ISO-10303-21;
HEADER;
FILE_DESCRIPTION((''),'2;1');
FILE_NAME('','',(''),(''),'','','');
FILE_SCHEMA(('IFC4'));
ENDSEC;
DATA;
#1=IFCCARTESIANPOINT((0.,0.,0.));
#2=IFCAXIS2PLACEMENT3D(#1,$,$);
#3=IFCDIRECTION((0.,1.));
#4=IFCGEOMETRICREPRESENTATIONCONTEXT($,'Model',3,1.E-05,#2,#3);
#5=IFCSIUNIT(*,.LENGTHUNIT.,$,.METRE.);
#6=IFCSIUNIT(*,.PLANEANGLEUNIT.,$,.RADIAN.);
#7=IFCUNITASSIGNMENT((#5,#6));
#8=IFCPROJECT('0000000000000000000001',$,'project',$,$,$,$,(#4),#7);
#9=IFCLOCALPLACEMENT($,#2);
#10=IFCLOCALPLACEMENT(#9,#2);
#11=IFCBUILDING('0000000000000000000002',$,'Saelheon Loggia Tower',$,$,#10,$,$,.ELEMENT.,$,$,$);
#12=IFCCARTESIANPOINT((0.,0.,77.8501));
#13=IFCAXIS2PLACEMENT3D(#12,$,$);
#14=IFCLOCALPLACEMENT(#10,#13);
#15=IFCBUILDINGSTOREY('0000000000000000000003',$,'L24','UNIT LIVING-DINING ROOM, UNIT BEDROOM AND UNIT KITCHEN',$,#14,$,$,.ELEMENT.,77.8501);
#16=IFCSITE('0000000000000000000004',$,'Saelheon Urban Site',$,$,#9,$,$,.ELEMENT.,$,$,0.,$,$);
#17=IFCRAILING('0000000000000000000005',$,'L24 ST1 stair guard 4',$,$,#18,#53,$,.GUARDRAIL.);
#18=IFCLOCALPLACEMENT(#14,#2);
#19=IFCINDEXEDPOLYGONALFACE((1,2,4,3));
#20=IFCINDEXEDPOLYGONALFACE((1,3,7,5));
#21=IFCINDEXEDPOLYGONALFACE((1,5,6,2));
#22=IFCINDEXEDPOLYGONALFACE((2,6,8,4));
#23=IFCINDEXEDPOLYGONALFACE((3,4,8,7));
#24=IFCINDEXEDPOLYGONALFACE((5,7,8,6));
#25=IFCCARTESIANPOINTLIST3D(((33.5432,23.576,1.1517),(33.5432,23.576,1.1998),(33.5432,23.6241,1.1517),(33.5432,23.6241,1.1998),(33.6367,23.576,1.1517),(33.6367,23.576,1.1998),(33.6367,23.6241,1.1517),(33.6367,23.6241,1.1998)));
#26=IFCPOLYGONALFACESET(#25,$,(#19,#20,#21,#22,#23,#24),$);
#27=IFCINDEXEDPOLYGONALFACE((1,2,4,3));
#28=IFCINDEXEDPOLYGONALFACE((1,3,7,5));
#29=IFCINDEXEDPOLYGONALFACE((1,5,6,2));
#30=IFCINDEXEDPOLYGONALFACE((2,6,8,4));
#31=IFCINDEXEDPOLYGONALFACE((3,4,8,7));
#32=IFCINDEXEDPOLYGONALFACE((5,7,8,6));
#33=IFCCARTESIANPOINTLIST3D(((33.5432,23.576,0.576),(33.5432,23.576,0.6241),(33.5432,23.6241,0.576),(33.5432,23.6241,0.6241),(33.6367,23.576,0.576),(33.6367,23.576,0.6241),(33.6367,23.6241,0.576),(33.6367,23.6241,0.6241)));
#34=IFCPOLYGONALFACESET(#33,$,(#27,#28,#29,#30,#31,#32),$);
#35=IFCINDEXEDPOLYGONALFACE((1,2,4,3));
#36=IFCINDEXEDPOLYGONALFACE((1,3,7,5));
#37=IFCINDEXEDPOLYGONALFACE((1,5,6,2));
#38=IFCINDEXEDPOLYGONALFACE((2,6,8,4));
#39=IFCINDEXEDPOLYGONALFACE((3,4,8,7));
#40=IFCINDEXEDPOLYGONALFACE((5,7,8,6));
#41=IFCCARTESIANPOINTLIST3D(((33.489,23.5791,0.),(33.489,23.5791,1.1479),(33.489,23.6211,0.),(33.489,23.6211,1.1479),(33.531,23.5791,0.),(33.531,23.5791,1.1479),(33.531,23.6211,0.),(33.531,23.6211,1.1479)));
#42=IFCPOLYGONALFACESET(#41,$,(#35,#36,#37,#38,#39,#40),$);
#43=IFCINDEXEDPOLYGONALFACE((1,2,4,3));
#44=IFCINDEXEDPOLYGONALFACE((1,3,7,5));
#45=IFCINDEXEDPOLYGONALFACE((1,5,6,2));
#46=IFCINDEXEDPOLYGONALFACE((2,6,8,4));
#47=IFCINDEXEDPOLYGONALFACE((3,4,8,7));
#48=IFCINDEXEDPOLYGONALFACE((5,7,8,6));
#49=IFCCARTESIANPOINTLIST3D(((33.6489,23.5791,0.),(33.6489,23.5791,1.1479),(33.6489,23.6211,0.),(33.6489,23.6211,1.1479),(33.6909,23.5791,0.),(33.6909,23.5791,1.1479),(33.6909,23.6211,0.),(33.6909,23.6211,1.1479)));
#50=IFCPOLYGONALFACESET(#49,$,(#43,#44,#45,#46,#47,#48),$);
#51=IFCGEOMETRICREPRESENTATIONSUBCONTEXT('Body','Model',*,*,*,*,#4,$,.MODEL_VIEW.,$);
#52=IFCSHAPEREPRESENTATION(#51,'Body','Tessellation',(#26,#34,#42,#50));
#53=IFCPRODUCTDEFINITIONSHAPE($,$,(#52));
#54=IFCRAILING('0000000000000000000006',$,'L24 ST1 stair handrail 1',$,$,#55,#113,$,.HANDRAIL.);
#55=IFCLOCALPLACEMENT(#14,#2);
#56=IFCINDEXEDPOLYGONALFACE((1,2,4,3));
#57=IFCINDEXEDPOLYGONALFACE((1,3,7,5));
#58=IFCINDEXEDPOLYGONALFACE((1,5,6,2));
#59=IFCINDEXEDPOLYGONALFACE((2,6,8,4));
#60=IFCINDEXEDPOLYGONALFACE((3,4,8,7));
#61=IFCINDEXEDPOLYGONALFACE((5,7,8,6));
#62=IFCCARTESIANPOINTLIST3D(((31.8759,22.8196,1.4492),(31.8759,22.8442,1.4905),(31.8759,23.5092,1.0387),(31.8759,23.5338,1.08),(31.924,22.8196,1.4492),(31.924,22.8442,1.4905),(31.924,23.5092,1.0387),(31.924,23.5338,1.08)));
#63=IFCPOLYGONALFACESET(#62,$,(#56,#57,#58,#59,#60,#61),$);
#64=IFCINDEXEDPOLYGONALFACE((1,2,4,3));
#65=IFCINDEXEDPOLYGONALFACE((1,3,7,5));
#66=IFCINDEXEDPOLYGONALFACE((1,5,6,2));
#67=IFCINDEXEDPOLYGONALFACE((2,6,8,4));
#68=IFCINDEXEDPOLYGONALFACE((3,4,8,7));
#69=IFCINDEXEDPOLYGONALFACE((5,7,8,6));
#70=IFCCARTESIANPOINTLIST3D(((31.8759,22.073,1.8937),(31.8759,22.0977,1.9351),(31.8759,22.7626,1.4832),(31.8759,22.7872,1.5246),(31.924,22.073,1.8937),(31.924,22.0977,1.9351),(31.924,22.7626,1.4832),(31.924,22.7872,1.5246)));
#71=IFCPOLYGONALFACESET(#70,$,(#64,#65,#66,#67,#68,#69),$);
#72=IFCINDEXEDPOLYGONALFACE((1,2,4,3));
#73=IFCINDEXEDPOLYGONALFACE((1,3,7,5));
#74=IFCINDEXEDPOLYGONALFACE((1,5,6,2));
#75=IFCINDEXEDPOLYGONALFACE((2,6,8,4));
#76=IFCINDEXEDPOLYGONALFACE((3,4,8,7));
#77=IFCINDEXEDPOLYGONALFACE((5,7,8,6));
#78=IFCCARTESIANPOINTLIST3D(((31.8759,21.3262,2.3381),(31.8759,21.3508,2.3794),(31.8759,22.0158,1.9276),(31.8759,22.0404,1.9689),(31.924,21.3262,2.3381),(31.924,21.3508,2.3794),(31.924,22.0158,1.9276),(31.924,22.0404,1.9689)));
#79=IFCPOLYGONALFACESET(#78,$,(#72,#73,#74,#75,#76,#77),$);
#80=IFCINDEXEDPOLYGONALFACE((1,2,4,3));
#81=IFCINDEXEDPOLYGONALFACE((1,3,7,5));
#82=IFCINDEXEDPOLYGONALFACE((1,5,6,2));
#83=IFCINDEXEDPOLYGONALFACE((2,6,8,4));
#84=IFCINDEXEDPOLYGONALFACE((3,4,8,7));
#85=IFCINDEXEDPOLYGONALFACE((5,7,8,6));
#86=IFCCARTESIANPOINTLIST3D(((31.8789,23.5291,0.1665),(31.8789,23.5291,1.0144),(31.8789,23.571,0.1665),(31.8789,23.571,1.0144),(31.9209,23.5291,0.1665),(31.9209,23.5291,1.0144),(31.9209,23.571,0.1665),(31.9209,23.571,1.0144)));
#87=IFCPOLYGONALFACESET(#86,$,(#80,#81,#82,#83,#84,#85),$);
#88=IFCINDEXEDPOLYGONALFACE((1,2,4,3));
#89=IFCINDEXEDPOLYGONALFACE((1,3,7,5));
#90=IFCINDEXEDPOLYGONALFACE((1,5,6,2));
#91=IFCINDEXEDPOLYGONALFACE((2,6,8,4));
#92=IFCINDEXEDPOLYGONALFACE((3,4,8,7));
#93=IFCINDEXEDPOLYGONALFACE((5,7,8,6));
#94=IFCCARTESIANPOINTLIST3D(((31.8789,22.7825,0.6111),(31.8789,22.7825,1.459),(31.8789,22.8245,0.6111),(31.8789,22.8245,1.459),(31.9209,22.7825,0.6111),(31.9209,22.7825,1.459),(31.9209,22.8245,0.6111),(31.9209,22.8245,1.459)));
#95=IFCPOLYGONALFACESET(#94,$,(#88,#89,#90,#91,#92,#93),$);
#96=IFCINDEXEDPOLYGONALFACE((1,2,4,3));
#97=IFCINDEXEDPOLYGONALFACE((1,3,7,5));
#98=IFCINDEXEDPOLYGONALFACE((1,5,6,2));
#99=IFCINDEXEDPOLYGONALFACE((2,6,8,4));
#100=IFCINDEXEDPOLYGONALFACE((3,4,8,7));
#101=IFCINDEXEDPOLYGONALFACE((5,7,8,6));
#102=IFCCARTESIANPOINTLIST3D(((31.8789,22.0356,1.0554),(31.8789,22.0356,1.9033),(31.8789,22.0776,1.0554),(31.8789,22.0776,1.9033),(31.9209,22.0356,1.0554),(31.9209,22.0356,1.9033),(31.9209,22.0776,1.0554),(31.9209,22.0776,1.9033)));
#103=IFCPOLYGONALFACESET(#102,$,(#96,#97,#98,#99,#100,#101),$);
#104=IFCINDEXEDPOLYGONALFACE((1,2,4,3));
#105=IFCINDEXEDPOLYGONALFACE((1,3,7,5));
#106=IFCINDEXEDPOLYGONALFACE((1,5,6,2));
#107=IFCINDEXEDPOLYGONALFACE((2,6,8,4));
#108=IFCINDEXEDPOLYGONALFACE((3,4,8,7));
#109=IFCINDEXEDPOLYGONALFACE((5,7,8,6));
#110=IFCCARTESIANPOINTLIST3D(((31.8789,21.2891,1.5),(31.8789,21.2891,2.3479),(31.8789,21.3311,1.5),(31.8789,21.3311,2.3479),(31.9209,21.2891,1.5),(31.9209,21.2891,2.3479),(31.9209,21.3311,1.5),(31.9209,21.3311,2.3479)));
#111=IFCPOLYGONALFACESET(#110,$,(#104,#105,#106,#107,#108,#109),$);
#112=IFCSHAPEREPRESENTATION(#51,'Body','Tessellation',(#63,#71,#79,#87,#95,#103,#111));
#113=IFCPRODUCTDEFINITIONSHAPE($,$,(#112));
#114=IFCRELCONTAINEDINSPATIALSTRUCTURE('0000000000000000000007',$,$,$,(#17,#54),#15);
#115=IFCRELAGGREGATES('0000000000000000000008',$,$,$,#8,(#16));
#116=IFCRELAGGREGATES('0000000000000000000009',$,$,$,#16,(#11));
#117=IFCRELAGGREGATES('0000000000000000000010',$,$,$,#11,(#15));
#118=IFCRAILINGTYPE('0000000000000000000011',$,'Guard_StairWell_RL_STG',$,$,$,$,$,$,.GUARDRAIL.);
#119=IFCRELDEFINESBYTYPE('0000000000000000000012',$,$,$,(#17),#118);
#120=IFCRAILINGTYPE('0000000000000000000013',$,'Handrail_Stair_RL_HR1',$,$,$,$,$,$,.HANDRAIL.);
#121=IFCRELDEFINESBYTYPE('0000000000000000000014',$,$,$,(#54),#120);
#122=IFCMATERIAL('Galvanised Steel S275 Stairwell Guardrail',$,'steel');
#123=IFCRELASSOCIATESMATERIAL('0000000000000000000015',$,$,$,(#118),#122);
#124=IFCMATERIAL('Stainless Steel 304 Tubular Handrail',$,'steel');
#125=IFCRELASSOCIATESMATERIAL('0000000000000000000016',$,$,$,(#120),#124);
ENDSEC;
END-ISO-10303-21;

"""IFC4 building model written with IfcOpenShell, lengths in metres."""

from ifc_helpers import new_model, si_unit, direction, frame, origin, origin_2d, place, context, subcontext, project, spatial, rectangle, extrude, material, type_object, element, save


model = new_model("IFC4")

# Units and contexts
model_context = context("Model", 3, precision=1e-05, world=origin(), true_north=direction((0.0, 1.0)))
body_context = subcontext(model_context, "Body", "Model", "MODEL_VIEW")
ifc_project = project(units=[si_unit("LENGTHUNIT", "METRE"), si_unit("PLANEANGLEUNIT", "RADIAN")], contexts=[model_context])

# Site, building, storey
site_placement = place(None, origin())
site = spatial("IfcSite", under=ifc_project, at=site_placement, Name="Saelheon Urban Site", CompositionType="ELEMENT", RefElevation=0.0)
building_placement = place(site_placement, origin())
building = spatial("IfcBuilding", under=site, at=building_placement, Name="Saelheon Loggia Tower", CompositionType="ELEMENT")
storey_placement = place(building_placement, frame((0.0, 0.0, 77.8501)))
storey = spatial("IfcBuildingStorey", under=building, at=storey_placement, Name="L24", Description="UNIT LIVING-DINING ROOM, UNIT BEDROOM AND UNIT KITCHEN", CompositionType="ELEMENT", Elevation=77.8501)

# Railings
ifc_material_1 = material(Name="Galvanised Steel S275 Stairwell Guardrail", Category="steel")
railing_type_1 = type_object("IfcRailingType", Name="Guard_StairWell_RL_STG", PredefinedType="GUARDRAIL", material=ifc_material_1)
railing_1_placement = place(storey_placement, frame((33.51, 23.6001, 0.0)))
element("IfcRailing", 1, at=railing_1_placement, inside=storey, type_object=railing_type_1, Name="L24 ST1 stair guard 4", PredefinedType="GUARDRAIL", context=body_context, shape_type="SweptSolid", body=[
    extrude(rectangle(XDim=0.0481, YDim=0.0481, at=origin_2d()), frame((0.0332, 0.0, 1.1758), z_axis=(1.0, 0.0, 0.0), x_axis=(0.0, 1.0, 0.0)), (0.0, 0.0, 1.0), 0.0935),
    extrude(rectangle(XDim=0.0481, YDim=0.0481, at=origin_2d()), frame((0.0332, 0.0, 0.6001), z_axis=(1.0, 0.0, 0.0), x_axis=(0.0, 1.0, 0.0)), (0.0, 0.0, 1.0), 0.0935),
    extrude(rectangle(XDim=0.042, YDim=0.042, at=origin_2d()), origin(), (0.0, 0.0, 1.0), 1.1479),
    extrude(rectangle(XDim=0.042, YDim=0.042, at=origin_2d()), frame((0.1599, 0.0, 0.0)), (0.0, 0.0, 1.0), 1.1479),
])
ifc_material_2 = material(Name="Stainless Steel 304 Tubular Handrail", Category="steel")
railing_type_2 = type_object("IfcRailingType", Name="Handrail_Stair_RL_HR1", PredefinedType="HANDRAIL", material=ifc_material_2)
railing_2_placement = place(storey_placement, frame((31.8999, 23.55, 0.1665)))
element("IfcRailing", 2, at=railing_2_placement, inside=storey, type_object=railing_type_2, Name="L24 ST1 stair handrail 1", PredefinedType="HANDRAIL", context=body_context, shape_type="SweptSolid", body=[
    extrude(rectangle(XDim=0.0481, YDim=0.0481, at=origin_2d()), frame((0.0, -0.0286, 0.8928), z_axis=(0.0, -0.859264, 0.511532), x_axis=(1.0, 0.0, 0.0)), (0.0, 0.0, 1.0), 0.8025),
    extrude(rectangle(XDim=0.0481, YDim=0.0481, at=origin_2d()), frame((0.0, -0.7751, 1.3374), z_axis=(0.0, -0.859264, 0.511532), x_axis=(1.0, 0.0, 0.0)), (0.0, 0.0, 1.0), 0.8025),
    extrude(rectangle(XDim=0.0481, YDim=0.0481, at=origin_2d()), frame((0.0, -1.522, 1.7817), z_axis=(0.0, -0.859264, 0.511532), x_axis=(1.0, 0.0, 0.0)), (0.0, 0.0, 1.0), 0.8025),
    extrude(rectangle(XDim=0.042, YDim=0.042, at=origin_2d()), origin(), (0.0, 0.0, 1.0), 0.8479),
    extrude(rectangle(XDim=0.042, YDim=0.042, at=origin_2d()), frame((0.0, -0.7466, 0.4446)), (0.0, 0.0, 1.0), 0.8479),
    extrude(rectangle(XDim=0.042, YDim=0.042, at=origin_2d()), frame((0.0, -1.4934, 0.8889)), (0.0, 0.0, 1.0), 0.8479),
    extrude(rectangle(XDim=0.042, YDim=0.042, at=origin_2d()), frame((0.0, -2.24, 1.3335)), (0.0, 0.0, 1.0), 0.8479),
])

save(model, "model.ifc")
